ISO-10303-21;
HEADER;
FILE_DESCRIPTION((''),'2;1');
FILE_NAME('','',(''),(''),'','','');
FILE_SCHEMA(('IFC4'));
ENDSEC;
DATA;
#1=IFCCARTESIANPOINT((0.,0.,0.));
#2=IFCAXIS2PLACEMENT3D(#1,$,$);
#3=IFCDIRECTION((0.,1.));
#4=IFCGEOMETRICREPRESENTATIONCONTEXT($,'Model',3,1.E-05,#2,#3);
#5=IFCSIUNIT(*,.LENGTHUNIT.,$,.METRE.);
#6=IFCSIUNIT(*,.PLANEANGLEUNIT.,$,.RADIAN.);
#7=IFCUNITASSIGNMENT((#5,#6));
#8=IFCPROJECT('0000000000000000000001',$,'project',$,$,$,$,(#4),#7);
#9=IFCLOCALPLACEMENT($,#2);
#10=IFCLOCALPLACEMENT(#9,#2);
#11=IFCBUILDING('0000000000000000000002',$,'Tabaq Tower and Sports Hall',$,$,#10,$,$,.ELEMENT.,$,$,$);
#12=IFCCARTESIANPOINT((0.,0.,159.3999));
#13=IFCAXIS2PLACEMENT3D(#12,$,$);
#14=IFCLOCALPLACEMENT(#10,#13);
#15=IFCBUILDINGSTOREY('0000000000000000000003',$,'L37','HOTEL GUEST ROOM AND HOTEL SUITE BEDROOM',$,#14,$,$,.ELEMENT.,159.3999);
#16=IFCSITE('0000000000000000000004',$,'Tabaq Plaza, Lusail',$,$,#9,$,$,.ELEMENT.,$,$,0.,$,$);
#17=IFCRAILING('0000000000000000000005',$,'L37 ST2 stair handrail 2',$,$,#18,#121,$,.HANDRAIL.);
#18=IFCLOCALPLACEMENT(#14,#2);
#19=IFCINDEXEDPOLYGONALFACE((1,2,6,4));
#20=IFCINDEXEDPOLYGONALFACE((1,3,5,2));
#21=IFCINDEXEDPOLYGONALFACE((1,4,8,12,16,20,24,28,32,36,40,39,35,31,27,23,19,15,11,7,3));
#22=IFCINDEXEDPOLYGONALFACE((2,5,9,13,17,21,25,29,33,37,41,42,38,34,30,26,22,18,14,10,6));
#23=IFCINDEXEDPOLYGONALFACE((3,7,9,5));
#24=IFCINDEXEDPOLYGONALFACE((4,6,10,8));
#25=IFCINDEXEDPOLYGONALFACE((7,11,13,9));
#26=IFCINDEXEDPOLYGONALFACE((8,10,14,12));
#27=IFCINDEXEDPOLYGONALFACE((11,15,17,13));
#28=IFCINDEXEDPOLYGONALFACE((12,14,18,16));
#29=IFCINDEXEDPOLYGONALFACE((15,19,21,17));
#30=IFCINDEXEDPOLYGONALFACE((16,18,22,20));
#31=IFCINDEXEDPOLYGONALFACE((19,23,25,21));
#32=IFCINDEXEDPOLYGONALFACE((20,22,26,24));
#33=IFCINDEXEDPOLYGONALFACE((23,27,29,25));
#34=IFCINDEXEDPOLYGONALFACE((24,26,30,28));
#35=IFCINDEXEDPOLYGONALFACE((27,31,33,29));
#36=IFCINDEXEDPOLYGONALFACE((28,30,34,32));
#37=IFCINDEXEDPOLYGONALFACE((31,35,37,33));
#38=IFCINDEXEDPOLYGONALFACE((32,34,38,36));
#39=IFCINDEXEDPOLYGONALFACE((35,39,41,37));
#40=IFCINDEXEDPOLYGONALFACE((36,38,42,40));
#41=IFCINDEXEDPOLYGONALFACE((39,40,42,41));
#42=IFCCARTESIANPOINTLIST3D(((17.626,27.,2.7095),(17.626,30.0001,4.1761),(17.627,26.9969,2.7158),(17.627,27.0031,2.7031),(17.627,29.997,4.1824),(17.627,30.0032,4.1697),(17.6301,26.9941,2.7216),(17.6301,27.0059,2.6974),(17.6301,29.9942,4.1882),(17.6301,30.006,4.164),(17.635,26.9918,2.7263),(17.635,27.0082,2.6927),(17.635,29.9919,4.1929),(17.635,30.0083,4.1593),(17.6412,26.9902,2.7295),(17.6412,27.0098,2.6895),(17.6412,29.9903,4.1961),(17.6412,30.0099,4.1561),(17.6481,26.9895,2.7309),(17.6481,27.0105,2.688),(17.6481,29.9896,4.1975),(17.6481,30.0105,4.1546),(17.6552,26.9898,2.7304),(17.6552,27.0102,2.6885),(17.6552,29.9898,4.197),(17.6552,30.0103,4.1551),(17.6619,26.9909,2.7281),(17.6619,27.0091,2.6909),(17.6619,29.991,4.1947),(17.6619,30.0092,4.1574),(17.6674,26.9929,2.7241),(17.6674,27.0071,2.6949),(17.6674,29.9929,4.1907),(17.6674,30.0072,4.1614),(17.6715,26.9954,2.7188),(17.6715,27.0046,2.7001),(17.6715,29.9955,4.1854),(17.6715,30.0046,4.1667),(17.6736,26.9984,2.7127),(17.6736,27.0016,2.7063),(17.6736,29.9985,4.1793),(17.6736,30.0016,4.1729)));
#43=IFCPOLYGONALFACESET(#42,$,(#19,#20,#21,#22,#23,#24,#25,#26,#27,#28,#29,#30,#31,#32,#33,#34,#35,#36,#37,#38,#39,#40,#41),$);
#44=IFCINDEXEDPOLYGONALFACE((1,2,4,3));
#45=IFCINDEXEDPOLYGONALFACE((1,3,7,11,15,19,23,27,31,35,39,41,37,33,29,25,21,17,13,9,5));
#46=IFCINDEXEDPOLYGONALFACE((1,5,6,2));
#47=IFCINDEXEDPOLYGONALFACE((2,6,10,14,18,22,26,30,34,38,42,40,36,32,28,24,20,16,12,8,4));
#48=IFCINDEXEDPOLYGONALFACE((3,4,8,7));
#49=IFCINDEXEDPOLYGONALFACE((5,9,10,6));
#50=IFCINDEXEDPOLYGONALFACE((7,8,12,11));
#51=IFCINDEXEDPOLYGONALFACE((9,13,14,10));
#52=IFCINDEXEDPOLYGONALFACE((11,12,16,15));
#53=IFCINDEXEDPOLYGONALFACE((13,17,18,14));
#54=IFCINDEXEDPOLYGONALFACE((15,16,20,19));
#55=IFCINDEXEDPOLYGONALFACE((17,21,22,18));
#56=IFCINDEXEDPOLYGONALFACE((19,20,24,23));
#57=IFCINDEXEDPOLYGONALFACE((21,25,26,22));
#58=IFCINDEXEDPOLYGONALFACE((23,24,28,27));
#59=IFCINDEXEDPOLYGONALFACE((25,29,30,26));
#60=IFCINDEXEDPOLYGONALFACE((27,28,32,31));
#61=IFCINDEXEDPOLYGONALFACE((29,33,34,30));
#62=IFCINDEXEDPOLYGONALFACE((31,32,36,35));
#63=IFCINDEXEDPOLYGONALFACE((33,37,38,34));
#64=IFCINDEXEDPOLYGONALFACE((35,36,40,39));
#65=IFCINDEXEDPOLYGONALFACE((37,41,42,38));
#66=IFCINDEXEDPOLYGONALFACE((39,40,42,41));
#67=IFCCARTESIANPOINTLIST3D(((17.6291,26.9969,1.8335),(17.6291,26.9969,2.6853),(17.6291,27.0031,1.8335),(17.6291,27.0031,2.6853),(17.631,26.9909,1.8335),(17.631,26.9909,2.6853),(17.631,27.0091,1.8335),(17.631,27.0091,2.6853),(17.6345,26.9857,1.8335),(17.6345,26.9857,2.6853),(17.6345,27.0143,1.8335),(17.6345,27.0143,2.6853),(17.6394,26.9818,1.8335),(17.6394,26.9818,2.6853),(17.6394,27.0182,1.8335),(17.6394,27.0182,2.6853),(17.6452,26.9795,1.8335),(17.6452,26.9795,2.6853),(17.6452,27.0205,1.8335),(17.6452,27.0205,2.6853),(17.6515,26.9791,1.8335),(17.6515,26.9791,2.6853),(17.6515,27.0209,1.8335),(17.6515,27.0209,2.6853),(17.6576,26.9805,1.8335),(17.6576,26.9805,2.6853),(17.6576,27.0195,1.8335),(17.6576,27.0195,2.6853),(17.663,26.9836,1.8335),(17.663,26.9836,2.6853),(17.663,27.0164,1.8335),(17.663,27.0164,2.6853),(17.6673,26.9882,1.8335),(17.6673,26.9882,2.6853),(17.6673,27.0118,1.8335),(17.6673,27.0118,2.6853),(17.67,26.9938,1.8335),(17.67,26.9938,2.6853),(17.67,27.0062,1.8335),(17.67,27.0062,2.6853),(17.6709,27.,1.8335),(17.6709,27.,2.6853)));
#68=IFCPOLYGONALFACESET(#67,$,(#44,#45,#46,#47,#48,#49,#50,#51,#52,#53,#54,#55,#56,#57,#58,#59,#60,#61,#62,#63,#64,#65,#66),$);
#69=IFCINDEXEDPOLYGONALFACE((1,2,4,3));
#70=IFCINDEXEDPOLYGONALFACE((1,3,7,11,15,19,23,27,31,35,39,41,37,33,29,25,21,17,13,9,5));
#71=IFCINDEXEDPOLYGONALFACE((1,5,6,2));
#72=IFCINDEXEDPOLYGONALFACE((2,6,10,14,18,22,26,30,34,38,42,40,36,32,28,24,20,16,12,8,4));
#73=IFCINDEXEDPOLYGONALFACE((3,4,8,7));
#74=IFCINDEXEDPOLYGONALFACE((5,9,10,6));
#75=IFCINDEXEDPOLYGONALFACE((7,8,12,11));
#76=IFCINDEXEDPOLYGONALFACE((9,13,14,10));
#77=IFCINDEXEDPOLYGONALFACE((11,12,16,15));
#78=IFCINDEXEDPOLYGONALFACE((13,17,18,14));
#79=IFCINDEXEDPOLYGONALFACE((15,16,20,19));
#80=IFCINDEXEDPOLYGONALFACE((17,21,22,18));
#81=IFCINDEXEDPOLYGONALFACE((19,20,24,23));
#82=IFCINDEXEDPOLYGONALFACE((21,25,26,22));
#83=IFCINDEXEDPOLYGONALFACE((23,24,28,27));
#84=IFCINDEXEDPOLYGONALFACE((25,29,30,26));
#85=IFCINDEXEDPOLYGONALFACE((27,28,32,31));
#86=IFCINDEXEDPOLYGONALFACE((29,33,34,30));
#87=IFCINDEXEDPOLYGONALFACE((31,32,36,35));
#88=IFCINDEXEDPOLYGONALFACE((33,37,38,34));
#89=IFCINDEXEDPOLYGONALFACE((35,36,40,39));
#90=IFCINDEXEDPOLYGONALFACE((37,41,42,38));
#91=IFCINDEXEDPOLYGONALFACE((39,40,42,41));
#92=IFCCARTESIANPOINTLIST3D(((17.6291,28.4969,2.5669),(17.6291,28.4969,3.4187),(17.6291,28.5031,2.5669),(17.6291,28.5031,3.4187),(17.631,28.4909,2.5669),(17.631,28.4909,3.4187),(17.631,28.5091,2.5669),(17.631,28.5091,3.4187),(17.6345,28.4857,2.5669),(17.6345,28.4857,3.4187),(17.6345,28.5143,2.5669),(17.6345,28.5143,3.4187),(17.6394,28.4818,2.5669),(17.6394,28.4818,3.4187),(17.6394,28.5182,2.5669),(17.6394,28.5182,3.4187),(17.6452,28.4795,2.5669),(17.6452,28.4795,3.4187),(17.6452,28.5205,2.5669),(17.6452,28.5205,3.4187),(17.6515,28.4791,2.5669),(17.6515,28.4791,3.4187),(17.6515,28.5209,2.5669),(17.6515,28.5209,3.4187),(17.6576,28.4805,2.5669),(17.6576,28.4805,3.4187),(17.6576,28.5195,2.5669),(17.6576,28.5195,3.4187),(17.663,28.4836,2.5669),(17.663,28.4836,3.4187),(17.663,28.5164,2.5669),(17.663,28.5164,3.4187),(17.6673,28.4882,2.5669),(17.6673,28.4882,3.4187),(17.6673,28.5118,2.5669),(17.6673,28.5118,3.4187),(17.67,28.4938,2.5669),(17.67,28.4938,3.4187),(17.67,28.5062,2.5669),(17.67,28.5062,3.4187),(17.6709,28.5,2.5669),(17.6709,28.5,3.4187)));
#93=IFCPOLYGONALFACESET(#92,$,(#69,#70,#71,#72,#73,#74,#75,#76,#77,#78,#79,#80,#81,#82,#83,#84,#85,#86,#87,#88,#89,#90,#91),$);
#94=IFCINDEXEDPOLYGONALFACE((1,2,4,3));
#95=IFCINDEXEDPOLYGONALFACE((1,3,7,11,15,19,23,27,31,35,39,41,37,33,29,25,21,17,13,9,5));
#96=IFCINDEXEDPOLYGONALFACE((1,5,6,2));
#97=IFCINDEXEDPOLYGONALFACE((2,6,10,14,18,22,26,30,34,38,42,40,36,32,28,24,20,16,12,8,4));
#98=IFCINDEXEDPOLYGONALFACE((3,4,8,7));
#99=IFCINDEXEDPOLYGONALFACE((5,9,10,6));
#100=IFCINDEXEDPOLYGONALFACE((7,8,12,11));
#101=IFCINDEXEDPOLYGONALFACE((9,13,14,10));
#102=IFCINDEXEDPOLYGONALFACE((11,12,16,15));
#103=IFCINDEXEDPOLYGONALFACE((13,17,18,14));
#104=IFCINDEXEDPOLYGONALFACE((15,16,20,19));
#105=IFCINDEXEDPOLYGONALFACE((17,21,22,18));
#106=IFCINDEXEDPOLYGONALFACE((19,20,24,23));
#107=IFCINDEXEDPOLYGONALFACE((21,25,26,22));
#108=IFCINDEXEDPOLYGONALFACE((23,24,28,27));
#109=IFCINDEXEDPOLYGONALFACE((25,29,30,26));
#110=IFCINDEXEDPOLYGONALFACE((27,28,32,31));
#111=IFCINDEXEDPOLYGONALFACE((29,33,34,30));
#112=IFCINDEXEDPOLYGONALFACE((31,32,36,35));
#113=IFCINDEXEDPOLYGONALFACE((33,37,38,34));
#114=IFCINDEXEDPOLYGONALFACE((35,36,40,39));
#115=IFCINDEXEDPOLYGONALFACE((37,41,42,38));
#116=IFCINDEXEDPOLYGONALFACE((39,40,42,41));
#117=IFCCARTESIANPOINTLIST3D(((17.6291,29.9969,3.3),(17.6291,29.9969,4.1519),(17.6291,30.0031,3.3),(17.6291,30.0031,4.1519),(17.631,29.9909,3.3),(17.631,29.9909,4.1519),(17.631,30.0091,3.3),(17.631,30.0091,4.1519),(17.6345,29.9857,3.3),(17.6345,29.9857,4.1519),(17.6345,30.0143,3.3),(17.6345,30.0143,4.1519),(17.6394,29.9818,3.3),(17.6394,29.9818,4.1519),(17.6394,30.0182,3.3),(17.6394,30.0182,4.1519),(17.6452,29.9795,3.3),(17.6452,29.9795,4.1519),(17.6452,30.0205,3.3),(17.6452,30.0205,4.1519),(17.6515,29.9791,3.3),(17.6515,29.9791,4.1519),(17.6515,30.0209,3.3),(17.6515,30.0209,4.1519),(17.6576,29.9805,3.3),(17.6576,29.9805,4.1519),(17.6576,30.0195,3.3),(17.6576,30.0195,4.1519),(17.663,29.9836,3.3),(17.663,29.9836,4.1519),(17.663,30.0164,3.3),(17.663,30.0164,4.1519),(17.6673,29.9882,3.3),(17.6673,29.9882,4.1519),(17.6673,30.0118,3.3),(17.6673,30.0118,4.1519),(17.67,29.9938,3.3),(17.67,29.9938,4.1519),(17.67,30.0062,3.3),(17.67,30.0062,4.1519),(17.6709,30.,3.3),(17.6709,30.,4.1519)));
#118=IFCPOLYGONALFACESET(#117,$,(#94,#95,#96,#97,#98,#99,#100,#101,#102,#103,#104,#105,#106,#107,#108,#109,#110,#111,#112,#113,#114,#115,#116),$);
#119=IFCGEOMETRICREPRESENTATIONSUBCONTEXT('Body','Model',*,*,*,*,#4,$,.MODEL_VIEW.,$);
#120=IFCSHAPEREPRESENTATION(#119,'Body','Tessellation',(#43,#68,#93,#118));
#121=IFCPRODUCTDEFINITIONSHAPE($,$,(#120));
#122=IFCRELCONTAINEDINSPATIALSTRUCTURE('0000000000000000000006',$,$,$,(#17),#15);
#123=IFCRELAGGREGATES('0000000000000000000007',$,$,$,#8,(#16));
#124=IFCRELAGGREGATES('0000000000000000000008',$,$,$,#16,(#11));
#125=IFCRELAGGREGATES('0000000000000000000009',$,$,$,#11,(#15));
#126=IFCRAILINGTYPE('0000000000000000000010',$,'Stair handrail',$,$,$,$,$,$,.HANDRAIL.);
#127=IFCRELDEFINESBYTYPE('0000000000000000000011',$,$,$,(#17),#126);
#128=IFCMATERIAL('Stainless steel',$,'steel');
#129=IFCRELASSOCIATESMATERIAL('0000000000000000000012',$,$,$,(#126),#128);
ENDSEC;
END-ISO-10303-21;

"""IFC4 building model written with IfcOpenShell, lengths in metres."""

from ifc_helpers import new_model, si_unit, direction, frame, origin, origin_2d, place, context, subcontext, project, spatial, circle, extrude, material, type_object, element, save


model = new_model("IFC4")

# Units and contexts
model_context = context("Model", 3, precision=1e-05, world=origin(), true_north=direction((0.0, 1.0)))
body_context = subcontext(model_context, "Body", "Model", "MODEL_VIEW")
ifc_project = project(units=[si_unit("LENGTHUNIT", "METRE"), si_unit("PLANEANGLEUNIT", "RADIAN")], contexts=[model_context])

# Site, building, storey
site_placement = place(None, origin())
site = spatial("IfcSite", under=ifc_project, at=site_placement, Name="Tabaq Plaza, Lusail", CompositionType="ELEMENT", RefElevation=0.0)
building_placement = place(site_placement, origin())
building = spatial("IfcBuilding", under=site, at=building_placement, Name="Tabaq Tower and Sports Hall", CompositionType="ELEMENT")
storey_placement = place(building_placement, frame((0.0, 0.0, 159.3999)))
storey = spatial("IfcBuildingStorey", under=building, at=storey_placement, Name="L37", Description="HOTEL GUEST ROOM AND HOTEL SUITE BEDROOM", CompositionType="ELEMENT", Elevation=159.3999)

# Railing
ifc_material_1 = material(Name="Stainless steel", Category="steel")
railing_type_1 = type_object("IfcRailingType", Name="Stair handrail", PredefinedType="HANDRAIL", material=ifc_material_1)
railing_1_placement = place(storey_placement, frame((17.6499, 27.0, 1.8335)))
element("IfcRailing", 1, at=railing_1_placement, inside=storey, type_object=railing_type_1, Name="L37 ST2 stair handrail 2", PredefinedType="HANDRAIL", context=body_context, shape_type="SweptSolid", body=[
    extrude(circle(Radius=0.0239, at=origin_2d()), frame((0.0, 0.0, 0.876), z_axis=(0.0, 0.898398, 0.439183), x_axis=(-1.0, 0.0, 0.0)), (0.0, 0.0, 1.0), 3.3394),
    extrude(circle(Radius=0.021, at=origin_2d()), origin(), (0.0, 0.0, 1.0), 0.8518),
    extrude(circle(Radius=0.021, at=origin_2d()), frame((0.0, 1.5, 0.7334)), (0.0, 0.0, 1.0), 0.8518),
    extrude(circle(Radius=0.021, at=origin_2d()), frame((0.0, 3.0, 1.4666)), (0.0, 0.0, 1.0), 0.8518),
])

save(model, "model.ifc")
